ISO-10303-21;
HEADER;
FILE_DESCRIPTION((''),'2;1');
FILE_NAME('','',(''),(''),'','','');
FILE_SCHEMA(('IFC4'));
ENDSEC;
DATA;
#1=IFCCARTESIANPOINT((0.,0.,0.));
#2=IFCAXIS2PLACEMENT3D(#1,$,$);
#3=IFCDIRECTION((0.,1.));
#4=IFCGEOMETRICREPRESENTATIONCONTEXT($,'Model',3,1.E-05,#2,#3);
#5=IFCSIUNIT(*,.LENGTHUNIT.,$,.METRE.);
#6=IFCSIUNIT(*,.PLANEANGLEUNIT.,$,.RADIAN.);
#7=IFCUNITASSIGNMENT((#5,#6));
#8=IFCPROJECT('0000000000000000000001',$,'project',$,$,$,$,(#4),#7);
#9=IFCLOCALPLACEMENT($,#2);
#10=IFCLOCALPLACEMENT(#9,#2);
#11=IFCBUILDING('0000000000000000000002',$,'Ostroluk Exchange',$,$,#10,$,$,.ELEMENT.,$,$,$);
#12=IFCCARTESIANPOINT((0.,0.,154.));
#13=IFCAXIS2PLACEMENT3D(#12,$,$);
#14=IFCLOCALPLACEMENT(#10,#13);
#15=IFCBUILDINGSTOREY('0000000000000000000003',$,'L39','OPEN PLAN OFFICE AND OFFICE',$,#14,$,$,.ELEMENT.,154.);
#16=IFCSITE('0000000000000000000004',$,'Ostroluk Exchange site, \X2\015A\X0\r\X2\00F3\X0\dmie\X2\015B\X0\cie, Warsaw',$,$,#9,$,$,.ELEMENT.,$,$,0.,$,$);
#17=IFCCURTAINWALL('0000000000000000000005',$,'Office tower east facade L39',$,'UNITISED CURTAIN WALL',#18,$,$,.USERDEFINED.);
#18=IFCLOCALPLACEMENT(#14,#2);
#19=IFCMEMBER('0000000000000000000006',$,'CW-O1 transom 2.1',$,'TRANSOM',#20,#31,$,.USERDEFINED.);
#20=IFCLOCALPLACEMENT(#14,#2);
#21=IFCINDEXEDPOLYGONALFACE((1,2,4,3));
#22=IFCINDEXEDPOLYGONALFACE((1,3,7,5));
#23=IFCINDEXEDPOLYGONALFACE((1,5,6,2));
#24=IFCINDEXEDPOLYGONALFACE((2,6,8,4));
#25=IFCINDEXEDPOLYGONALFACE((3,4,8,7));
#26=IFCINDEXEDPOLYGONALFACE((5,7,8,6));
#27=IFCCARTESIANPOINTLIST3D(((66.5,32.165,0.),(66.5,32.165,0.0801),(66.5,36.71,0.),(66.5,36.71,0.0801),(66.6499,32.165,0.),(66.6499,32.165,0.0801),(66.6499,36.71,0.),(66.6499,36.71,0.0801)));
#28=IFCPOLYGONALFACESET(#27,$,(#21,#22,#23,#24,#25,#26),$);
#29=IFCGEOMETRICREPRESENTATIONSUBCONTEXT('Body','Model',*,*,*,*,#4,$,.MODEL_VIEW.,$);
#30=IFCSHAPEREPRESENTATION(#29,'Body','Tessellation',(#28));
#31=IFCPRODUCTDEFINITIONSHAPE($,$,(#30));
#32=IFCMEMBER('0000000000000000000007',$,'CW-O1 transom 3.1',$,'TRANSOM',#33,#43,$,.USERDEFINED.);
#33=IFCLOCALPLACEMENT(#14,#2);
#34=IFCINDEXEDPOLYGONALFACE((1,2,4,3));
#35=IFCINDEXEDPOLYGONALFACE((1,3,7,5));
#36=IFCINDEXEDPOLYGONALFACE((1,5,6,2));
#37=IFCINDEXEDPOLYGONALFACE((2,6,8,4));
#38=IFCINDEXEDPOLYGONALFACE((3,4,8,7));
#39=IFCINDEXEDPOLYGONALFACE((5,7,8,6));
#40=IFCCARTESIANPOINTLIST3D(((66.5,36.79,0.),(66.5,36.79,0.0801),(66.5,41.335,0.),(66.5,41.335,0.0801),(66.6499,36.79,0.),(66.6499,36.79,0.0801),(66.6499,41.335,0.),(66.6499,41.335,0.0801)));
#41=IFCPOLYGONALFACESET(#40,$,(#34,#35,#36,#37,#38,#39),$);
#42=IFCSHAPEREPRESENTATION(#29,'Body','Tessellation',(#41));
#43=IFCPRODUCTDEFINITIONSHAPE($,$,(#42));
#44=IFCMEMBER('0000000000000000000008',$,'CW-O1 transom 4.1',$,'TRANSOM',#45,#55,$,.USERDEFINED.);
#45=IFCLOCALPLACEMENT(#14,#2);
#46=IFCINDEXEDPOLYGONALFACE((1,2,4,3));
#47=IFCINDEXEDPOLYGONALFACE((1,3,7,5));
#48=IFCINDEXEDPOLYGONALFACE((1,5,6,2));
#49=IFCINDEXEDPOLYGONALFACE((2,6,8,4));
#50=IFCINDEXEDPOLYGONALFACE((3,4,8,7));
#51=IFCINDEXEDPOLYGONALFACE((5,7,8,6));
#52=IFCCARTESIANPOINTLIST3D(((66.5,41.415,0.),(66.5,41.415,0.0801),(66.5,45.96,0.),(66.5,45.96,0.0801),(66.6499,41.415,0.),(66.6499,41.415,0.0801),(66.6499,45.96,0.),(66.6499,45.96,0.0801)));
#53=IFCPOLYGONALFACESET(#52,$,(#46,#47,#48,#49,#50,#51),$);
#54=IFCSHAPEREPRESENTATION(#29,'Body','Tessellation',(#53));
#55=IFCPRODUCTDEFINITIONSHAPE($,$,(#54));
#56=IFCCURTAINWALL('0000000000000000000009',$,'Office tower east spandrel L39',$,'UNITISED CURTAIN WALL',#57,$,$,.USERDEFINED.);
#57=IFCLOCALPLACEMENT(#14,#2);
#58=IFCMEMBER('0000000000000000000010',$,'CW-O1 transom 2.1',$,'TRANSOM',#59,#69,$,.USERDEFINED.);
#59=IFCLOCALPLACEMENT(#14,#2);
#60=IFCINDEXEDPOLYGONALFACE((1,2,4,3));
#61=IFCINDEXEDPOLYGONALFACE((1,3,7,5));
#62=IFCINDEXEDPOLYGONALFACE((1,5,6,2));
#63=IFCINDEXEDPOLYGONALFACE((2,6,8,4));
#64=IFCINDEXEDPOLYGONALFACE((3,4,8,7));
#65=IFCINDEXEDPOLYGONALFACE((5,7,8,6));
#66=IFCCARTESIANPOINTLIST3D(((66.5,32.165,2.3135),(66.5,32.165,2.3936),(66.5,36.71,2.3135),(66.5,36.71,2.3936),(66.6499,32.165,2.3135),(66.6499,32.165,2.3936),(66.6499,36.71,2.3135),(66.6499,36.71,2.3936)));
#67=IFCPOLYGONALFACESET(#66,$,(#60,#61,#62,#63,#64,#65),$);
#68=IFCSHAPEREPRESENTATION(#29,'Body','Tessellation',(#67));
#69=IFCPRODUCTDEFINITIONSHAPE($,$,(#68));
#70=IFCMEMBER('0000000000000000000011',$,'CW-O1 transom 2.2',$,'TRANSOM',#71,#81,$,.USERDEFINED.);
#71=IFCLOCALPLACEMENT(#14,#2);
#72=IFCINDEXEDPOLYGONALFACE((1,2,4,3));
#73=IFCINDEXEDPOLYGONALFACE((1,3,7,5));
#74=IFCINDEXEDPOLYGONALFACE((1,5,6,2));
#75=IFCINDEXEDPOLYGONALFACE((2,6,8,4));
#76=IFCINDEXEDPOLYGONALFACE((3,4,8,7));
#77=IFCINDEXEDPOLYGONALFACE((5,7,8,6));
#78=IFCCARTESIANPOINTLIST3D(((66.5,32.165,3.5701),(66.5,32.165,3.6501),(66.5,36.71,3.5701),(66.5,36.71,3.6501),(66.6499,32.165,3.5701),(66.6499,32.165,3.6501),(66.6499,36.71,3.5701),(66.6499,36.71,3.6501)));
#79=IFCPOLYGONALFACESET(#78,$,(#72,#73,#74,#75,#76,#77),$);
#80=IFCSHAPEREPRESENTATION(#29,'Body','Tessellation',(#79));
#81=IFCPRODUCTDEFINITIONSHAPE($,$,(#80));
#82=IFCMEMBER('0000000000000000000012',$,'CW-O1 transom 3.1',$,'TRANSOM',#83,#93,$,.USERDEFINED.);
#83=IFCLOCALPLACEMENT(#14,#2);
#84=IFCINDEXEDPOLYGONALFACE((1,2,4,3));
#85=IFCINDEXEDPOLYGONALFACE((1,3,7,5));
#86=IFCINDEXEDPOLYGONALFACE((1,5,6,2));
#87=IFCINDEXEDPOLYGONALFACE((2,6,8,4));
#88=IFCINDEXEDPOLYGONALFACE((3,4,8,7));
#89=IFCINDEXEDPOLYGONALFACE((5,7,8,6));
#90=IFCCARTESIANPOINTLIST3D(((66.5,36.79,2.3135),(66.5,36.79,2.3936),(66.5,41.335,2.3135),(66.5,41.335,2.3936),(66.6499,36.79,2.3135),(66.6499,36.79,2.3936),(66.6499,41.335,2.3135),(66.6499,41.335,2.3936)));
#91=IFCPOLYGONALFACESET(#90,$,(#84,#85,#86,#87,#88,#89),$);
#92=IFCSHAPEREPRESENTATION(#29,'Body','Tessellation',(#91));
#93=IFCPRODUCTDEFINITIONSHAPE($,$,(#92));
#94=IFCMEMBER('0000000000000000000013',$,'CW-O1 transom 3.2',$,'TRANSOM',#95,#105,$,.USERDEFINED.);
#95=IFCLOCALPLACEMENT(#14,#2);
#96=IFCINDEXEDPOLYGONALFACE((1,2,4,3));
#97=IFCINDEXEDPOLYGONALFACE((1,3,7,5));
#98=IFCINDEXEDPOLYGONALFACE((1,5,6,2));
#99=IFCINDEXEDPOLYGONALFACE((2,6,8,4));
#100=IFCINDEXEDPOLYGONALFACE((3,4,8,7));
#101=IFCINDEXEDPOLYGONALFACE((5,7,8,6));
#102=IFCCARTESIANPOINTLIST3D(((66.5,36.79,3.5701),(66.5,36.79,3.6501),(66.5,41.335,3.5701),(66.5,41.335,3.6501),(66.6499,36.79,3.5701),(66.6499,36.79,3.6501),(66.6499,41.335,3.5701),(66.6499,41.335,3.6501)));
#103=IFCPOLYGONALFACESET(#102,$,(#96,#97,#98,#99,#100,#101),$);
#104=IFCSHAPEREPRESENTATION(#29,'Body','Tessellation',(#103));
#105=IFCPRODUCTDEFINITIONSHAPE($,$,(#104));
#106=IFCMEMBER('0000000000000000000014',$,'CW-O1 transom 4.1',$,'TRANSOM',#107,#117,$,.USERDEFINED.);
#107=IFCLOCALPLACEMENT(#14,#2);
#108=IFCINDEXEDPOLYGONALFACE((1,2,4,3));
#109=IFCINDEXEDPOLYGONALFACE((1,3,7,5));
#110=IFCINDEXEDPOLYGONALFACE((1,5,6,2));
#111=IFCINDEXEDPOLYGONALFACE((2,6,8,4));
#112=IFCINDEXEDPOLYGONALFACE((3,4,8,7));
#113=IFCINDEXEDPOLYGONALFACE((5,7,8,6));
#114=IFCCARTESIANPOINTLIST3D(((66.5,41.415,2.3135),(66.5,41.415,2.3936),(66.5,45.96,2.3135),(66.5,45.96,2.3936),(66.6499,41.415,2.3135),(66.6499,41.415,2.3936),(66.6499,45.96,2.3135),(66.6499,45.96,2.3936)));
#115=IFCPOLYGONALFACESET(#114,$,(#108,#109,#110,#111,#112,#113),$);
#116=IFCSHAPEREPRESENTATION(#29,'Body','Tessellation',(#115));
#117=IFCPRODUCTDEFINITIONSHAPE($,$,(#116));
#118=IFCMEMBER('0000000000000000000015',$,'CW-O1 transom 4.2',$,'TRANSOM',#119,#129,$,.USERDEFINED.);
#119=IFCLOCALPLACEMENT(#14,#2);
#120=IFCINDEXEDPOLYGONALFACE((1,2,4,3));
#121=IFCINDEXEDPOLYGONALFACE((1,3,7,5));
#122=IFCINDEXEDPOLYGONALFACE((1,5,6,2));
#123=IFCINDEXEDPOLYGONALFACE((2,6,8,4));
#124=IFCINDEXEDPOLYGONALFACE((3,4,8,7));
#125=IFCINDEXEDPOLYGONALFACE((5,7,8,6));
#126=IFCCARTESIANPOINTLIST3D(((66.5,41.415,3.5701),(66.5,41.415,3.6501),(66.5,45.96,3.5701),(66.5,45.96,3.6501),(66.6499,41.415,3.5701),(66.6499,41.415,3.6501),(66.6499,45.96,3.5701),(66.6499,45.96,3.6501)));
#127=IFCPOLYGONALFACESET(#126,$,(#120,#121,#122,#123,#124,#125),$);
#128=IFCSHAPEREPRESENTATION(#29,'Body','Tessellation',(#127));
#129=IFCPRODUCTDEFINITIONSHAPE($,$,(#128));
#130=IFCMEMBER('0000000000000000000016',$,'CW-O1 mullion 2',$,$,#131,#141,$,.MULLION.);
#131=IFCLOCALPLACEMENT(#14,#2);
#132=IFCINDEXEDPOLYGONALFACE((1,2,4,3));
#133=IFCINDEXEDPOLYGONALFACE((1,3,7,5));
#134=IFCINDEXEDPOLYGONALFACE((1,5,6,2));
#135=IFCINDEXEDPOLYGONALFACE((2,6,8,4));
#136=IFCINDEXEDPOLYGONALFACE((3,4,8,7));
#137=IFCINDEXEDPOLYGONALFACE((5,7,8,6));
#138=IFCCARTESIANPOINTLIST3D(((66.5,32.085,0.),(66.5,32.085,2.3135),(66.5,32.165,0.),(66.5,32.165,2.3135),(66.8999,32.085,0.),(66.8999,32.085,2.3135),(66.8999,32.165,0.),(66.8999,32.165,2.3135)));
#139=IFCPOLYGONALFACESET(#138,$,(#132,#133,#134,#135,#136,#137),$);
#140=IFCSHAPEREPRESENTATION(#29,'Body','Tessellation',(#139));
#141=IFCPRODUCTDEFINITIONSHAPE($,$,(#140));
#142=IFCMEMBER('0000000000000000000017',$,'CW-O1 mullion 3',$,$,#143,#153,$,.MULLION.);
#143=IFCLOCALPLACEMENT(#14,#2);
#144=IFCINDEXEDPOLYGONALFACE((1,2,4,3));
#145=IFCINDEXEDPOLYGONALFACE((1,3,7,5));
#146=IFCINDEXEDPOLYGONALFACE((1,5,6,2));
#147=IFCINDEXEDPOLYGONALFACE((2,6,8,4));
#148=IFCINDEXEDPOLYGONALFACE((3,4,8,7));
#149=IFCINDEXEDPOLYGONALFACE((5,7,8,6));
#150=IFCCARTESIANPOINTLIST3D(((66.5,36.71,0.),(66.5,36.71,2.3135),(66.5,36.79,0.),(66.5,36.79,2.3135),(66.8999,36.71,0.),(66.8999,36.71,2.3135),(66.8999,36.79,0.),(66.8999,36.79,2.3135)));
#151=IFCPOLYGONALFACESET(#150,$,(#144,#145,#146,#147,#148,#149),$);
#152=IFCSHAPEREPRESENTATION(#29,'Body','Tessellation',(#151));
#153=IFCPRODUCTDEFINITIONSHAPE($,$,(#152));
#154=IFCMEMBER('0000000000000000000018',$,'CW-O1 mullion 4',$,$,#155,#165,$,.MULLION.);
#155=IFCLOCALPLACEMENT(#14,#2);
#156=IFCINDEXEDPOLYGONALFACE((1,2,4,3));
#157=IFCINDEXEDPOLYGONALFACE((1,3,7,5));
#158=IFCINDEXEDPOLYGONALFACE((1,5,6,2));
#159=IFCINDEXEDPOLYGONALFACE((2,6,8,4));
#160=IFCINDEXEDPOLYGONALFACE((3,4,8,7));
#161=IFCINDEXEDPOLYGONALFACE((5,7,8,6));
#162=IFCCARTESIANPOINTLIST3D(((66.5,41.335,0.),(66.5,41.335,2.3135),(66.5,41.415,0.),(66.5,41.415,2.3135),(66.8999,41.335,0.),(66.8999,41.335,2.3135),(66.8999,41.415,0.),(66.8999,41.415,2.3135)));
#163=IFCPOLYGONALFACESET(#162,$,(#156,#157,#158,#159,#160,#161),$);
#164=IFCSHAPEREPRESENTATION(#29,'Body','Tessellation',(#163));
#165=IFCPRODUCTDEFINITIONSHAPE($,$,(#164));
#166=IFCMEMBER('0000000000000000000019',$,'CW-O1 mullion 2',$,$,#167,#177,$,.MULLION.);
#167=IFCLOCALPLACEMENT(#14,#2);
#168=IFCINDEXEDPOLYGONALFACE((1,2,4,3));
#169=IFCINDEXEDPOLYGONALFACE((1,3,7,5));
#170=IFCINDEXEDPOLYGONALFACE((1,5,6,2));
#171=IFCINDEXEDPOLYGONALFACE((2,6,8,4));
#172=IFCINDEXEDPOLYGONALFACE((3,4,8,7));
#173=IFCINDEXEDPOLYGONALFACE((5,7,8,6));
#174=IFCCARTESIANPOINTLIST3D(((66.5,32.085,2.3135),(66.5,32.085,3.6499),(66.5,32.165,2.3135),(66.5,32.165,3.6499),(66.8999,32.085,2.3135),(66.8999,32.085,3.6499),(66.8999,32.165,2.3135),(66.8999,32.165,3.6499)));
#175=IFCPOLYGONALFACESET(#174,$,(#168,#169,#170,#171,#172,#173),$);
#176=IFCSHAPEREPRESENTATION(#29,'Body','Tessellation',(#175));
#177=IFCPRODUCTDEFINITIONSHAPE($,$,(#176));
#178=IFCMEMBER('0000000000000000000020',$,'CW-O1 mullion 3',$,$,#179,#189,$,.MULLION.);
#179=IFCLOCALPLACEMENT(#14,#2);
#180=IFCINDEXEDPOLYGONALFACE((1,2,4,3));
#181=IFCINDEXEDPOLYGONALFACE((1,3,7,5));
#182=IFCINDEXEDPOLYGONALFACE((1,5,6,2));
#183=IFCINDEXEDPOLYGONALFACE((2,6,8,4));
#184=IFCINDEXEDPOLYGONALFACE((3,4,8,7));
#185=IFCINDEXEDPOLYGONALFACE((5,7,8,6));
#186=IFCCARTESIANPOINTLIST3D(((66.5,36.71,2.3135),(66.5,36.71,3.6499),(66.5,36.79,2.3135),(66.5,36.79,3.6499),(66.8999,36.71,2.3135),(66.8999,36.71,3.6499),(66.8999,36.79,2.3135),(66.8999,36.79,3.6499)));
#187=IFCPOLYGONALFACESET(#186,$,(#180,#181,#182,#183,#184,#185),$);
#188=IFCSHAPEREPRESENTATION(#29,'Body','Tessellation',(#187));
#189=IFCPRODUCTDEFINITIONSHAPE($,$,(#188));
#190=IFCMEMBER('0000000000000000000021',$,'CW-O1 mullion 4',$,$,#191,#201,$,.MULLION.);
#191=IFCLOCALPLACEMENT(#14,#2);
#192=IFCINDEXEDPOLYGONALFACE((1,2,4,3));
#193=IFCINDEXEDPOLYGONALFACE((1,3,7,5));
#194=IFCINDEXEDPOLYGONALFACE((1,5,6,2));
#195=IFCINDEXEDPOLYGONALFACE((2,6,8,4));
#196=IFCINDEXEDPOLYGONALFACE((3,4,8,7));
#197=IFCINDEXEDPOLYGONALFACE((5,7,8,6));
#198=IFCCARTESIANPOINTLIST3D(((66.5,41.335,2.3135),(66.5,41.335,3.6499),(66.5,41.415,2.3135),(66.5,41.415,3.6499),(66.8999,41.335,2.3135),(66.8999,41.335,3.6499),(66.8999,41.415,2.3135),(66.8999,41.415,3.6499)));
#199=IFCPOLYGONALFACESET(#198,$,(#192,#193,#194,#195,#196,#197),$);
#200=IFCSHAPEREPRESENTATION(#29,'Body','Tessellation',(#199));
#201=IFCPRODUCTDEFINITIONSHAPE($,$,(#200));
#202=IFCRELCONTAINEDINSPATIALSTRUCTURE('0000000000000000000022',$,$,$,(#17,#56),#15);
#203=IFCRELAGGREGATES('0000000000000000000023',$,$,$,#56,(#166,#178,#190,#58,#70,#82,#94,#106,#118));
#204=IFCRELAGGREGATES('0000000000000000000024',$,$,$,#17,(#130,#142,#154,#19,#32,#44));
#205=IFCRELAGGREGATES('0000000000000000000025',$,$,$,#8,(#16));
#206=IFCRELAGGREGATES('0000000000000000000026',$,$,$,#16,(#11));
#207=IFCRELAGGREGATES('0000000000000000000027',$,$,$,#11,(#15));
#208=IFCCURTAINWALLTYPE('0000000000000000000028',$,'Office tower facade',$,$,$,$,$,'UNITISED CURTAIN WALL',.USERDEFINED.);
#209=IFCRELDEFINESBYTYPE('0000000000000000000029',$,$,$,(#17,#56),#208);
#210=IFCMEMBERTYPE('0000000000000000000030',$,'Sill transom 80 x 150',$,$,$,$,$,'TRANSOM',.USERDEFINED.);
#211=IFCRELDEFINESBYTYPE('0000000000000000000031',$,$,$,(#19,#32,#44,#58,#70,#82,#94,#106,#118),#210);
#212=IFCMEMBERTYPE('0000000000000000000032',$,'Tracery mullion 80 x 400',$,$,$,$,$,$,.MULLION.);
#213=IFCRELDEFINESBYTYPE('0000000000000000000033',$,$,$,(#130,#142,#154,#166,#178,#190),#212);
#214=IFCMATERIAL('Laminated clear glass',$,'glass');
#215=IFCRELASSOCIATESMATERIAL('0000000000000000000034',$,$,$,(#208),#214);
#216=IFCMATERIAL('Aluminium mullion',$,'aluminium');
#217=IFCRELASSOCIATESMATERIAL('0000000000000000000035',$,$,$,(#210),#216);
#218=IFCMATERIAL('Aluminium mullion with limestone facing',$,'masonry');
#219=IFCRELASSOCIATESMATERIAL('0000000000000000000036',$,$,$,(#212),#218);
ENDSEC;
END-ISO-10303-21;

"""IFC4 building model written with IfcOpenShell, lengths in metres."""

from ifc_helpers import new_model, si_unit, direction, frame, origin, origin_2d, place, context, subcontext, project, spatial, rectangle, extrude, material, material_profile, profile_set, type_object, element, aggregate, save


model = new_model("IFC4")

# Units and contexts
model_context = context("Model", 3, precision=1e-05, world=origin(), true_north=direction((0.0, 1.0)))
body_context = subcontext(model_context, "Body", "Model", "MODEL_VIEW")
ifc_project = project(units=[si_unit("LENGTHUNIT", "METRE"), si_unit("PLANEANGLEUNIT", "RADIAN")], contexts=[model_context])

# Site, building, storey
site_placement = place(None, origin())
site = spatial("IfcSite", under=ifc_project, at=site_placement, Name="Ostroluk Exchange site, Śródmieście, Warsaw", CompositionType="ELEMENT", RefElevation=0.0)
building_placement = place(site_placement, origin())
building = spatial("IfcBuilding", under=site, at=building_placement, Name="Ostroluk Exchange", CompositionType="ELEMENT")
storey_placement = place(building_placement, frame((0.0, 0.0, 154.0)))
storey = spatial("IfcBuildingStorey", under=building, at=storey_placement, Name="L39", Description="OPEN PLAN OFFICE AND OFFICE", CompositionType="ELEMENT", Elevation=154.0)

# Curtain walls, members
ifc_material_1 = material(Name="Laminated clear glass", Category="glass")
curtain_wall_type = type_object("IfcCurtainWallType", Name="Office tower facade", ElementType="UNITISED CURTAIN WALL", PredefinedType="USERDEFINED", material=ifc_material_1)
curtain_wall_1_placement = place(storey_placement, origin())
curtain_wall_1 = element("IfcCurtainWall", 1, at=curtain_wall_1_placement, inside=storey, type_object=curtain_wall_type, Name="Office tower east facade L39", ObjectType="UNITISED CURTAIN WALL", PredefinedType="USERDEFINED")
ifc_material_2 = material(Name="Aluminium mullion", Category="aluminium")
ifc_material_profile_1 = material_profile(ifc_material_2, rectangle(XDim=0.1499, YDim=0.0801, at=origin_2d()), Name="Sill transom 80 x 150")
ifc_profile_set_1 = profile_set([ifc_material_profile_1], Name="Aluminium mullion")
member_type_1 = type_object("IfcMemberType", Name="Sill transom 80 x 150", ElementType="TRANSOM", PredefinedType="USERDEFINED", material=ifc_profile_set_1)
member_1_placement = place(storey_placement, frame((66.575, 32.165, 0.04), z_axis=(0.0, 1.0, 0.0), x_axis=(-1.0, 0.0, 0.0)))
member_1 = element("IfcMember", 2, at=member_1_placement, type_object=member_type_1, Name="CW-O1 transom 2.1", ObjectType="TRANSOM", PredefinedType="USERDEFINED", context=body_context, shape_type="SweptSolid", body=[
    extrude(rectangle(XDim=0.1499, YDim=0.0801, at=origin_2d()), origin(), (0.0, 0.0, 1.0), 4.5449),
])
member_2_placement = place(storey_placement, frame((66.575, 36.79, 0.04), z_axis=(0.0, 1.0, 0.0), x_axis=(-1.0, 0.0, 0.0)))
member_2 = element("IfcMember", 3, at=member_2_placement, type_object=member_type_1, Name="CW-O1 transom 3.1", ObjectType="TRANSOM", PredefinedType="USERDEFINED", context=body_context, shape_type="SweptSolid", body=[
    extrude(rectangle(XDim=0.1499, YDim=0.0801, at=origin_2d()), origin(), (0.0, 0.0, 1.0), 4.5449),
])
member_3_placement = place(storey_placement, frame((66.575, 41.415, 0.04), z_axis=(0.0, 1.0, 0.0), x_axis=(-1.0, 0.0, 0.0)))
member_3 = element("IfcMember", 4, at=member_3_placement, type_object=member_type_1, Name="CW-O1 transom 4.1", ObjectType="TRANSOM", PredefinedType="USERDEFINED", context=body_context, shape_type="SweptSolid", body=[
    extrude(rectangle(XDim=0.1499, YDim=0.0801, at=origin_2d()), origin(), (0.0, 0.0, 1.0), 4.5449),
])
curtain_wall_2_placement = place(storey_placement, origin())
curtain_wall_2 = element("IfcCurtainWall", 5, at=curtain_wall_2_placement, inside=storey, type_object=curtain_wall_type, Name="Office tower east spandrel L39", ObjectType="UNITISED CURTAIN WALL", PredefinedType="USERDEFINED")
member_4_placement = place(storey_placement, frame((66.575, 32.165, 2.3535), z_axis=(0.0, 1.0, 0.0), x_axis=(-1.0, 0.0, 0.0)))
member_4 = element("IfcMember", 6, at=member_4_placement, type_object=member_type_1, Name="CW-O1 transom 2.1", ObjectType="TRANSOM", PredefinedType="USERDEFINED", context=body_context, shape_type="SweptSolid", body=[
    extrude(rectangle(XDim=0.1499, YDim=0.0801, at=origin_2d()), origin(), (0.0, 0.0, 1.0), 4.5449),
])
member_5_placement = place(storey_placement, frame((66.575, 32.165, 3.6101), z_axis=(0.0, 1.0, 0.0), x_axis=(-1.0, 0.0, 0.0)))
member_5 = element("IfcMember", 7, at=member_5_placement, type_object=member_type_1, Name="CW-O1 transom 2.2", ObjectType="TRANSOM", PredefinedType="USERDEFINED", context=body_context, shape_type="SweptSolid", body=[
    extrude(rectangle(XDim=0.1499, YDim=0.0801, at=origin_2d()), origin(), (0.0, 0.0, 1.0), 4.5449),
])
member_6_placement = place(storey_placement, frame((66.575, 36.79, 2.3535), z_axis=(0.0, 1.0, 0.0), x_axis=(-1.0, 0.0, 0.0)))
member_6 = element("IfcMember", 8, at=member_6_placement, type_object=member_type_1, Name="CW-O1 transom 3.1", ObjectType="TRANSOM", PredefinedType="USERDEFINED", context=body_context, shape_type="SweptSolid", body=[
    extrude(rectangle(XDim=0.1499, YDim=0.0801, at=origin_2d()), origin(), (0.0, 0.0, 1.0), 4.5449),
])
member_7_placement = place(storey_placement, frame((66.575, 36.79, 3.6101), z_axis=(0.0, 1.0, 0.0), x_axis=(-1.0, 0.0, 0.0)))
member_7 = element("IfcMember", 9, at=member_7_placement, type_object=member_type_1, Name="CW-O1 transom 3.2", ObjectType="TRANSOM", PredefinedType="USERDEFINED", context=body_context, shape_type="SweptSolid", body=[
    extrude(rectangle(XDim=0.1499, YDim=0.0801, at=origin_2d()), origin(), (0.0, 0.0, 1.0), 4.5449),
])
member_8_placement = place(storey_placement, frame((66.575, 41.415, 2.3535), z_axis=(0.0, 1.0, 0.0), x_axis=(-1.0, 0.0, 0.0)))
member_8 = element("IfcMember", 10, at=member_8_placement, type_object=member_type_1, Name="CW-O1 transom 4.1", ObjectType="TRANSOM", PredefinedType="USERDEFINED", context=body_context, shape_type="SweptSolid", body=[
    extrude(rectangle(XDim=0.1499, YDim=0.0801, at=origin_2d()), origin(), (0.0, 0.0, 1.0), 4.5449),
])
member_9_placement = place(storey_placement, frame((66.575, 41.415, 3.6101), z_axis=(0.0, 1.0, 0.0), x_axis=(-1.0, 0.0, 0.0)))
member_9 = element("IfcMember", 11, at=member_9_placement, type_object=member_type_1, Name="CW-O1 transom 4.2", ObjectType="TRANSOM", PredefinedType="USERDEFINED", context=body_context, shape_type="SweptSolid", body=[
    extrude(rectangle(XDim=0.1499, YDim=0.0801, at=origin_2d()), origin(), (0.0, 0.0, 1.0), 4.5449),
])

# Members
ifc_material_3 = material(Name="Aluminium mullion with limestone facing", Category="masonry")
ifc_material_profile_2 = material_profile(ifc_material_3, rectangle(XDim=0.3999, YDim=0.0801, at=origin_2d()), Name="Tracery mullion 80 x 400")
ifc_profile_set_2 = profile_set([ifc_material_profile_2], Name="Aluminium mullion with limestone facing")
member_type_2 = type_object("IfcMemberType", Name="Tracery mullion 80 x 400", PredefinedType="MULLION", material=ifc_profile_set_2)
member_10_placement = place(storey_placement, frame((66.7, 32.125, 0.0), z_axis=(0.0, 0.0, 1.0), x_axis=(-1.0, 0.0, 0.0)))
member_10 = element("IfcMember", 12, at=member_10_placement, type_object=member_type_2, Name="CW-O1 mullion 2", PredefinedType="MULLION", context=body_context, shape_type="SweptSolid", body=[
    extrude(rectangle(XDim=0.3999, YDim=0.0801, at=origin_2d()), origin(), (0.0, 0.0, 1.0), 2.3135),
])
member_11_placement = place(storey_placement, frame((66.7, 36.75, 0.0), z_axis=(0.0, 0.0, 1.0), x_axis=(-1.0, 0.0, 0.0)))
member_11 = element("IfcMember", 13, at=member_11_placement, type_object=member_type_2, Name="CW-O1 mullion 3", PredefinedType="MULLION", context=body_context, shape_type="SweptSolid", body=[
    extrude(rectangle(XDim=0.3999, YDim=0.0801, at=origin_2d()), origin(), (0.0, 0.0, 1.0), 2.3135),
])
member_12_placement = place(storey_placement, frame((66.7, 41.375, 0.0), z_axis=(0.0, 0.0, 1.0), x_axis=(-1.0, 0.0, 0.0)))
member_12 = element("IfcMember", 14, at=member_12_placement, type_object=member_type_2, Name="CW-O1 mullion 4", PredefinedType="MULLION", context=body_context, shape_type="SweptSolid", body=[
    extrude(rectangle(XDim=0.3999, YDim=0.0801, at=origin_2d()), origin(), (0.0, 0.0, 1.0), 2.3135),
])
member_13_placement = place(storey_placement, frame((66.7, 32.125, 2.3135), z_axis=(0.0, 0.0, 1.0), x_axis=(-1.0, 0.0, 0.0)))
member_13 = element("IfcMember", 15, at=member_13_placement, type_object=member_type_2, Name="CW-O1 mullion 2", PredefinedType="MULLION", context=body_context, shape_type="SweptSolid", body=[
    extrude(rectangle(XDim=0.3999, YDim=0.0801, at=origin_2d()), origin(), (0.0, 0.0, 1.0), 1.3364),
])
member_14_placement = place(storey_placement, frame((66.7, 36.75, 2.3135), z_axis=(0.0, 0.0, 1.0), x_axis=(-1.0, 0.0, 0.0)))
member_14 = element("IfcMember", 16, at=member_14_placement, type_object=member_type_2, Name="CW-O1 mullion 3", PredefinedType="MULLION", context=body_context, shape_type="SweptSolid", body=[
    extrude(rectangle(XDim=0.3999, YDim=0.0801, at=origin_2d()), origin(), (0.0, 0.0, 1.0), 1.3364),
])
member_15_placement = place(storey_placement, frame((66.7, 41.375, 2.3135), z_axis=(0.0, 0.0, 1.0), x_axis=(-1.0, 0.0, 0.0)))
member_15 = element("IfcMember", 17, at=member_15_placement, type_object=member_type_2, Name="CW-O1 mullion 4", PredefinedType="MULLION", context=body_context, shape_type="SweptSolid", body=[
    extrude(rectangle(XDim=0.3999, YDim=0.0801, at=origin_2d()), origin(), (0.0, 0.0, 1.0), 1.3364),
])

aggregate(curtain_wall_2, [member_13, member_14, member_15, member_4, member_5, member_6, member_7, member_8, member_9])
aggregate(curtain_wall_1, [member_10, member_11, member_12, member_1, member_2, member_3])

save(model, "model.ifc")
